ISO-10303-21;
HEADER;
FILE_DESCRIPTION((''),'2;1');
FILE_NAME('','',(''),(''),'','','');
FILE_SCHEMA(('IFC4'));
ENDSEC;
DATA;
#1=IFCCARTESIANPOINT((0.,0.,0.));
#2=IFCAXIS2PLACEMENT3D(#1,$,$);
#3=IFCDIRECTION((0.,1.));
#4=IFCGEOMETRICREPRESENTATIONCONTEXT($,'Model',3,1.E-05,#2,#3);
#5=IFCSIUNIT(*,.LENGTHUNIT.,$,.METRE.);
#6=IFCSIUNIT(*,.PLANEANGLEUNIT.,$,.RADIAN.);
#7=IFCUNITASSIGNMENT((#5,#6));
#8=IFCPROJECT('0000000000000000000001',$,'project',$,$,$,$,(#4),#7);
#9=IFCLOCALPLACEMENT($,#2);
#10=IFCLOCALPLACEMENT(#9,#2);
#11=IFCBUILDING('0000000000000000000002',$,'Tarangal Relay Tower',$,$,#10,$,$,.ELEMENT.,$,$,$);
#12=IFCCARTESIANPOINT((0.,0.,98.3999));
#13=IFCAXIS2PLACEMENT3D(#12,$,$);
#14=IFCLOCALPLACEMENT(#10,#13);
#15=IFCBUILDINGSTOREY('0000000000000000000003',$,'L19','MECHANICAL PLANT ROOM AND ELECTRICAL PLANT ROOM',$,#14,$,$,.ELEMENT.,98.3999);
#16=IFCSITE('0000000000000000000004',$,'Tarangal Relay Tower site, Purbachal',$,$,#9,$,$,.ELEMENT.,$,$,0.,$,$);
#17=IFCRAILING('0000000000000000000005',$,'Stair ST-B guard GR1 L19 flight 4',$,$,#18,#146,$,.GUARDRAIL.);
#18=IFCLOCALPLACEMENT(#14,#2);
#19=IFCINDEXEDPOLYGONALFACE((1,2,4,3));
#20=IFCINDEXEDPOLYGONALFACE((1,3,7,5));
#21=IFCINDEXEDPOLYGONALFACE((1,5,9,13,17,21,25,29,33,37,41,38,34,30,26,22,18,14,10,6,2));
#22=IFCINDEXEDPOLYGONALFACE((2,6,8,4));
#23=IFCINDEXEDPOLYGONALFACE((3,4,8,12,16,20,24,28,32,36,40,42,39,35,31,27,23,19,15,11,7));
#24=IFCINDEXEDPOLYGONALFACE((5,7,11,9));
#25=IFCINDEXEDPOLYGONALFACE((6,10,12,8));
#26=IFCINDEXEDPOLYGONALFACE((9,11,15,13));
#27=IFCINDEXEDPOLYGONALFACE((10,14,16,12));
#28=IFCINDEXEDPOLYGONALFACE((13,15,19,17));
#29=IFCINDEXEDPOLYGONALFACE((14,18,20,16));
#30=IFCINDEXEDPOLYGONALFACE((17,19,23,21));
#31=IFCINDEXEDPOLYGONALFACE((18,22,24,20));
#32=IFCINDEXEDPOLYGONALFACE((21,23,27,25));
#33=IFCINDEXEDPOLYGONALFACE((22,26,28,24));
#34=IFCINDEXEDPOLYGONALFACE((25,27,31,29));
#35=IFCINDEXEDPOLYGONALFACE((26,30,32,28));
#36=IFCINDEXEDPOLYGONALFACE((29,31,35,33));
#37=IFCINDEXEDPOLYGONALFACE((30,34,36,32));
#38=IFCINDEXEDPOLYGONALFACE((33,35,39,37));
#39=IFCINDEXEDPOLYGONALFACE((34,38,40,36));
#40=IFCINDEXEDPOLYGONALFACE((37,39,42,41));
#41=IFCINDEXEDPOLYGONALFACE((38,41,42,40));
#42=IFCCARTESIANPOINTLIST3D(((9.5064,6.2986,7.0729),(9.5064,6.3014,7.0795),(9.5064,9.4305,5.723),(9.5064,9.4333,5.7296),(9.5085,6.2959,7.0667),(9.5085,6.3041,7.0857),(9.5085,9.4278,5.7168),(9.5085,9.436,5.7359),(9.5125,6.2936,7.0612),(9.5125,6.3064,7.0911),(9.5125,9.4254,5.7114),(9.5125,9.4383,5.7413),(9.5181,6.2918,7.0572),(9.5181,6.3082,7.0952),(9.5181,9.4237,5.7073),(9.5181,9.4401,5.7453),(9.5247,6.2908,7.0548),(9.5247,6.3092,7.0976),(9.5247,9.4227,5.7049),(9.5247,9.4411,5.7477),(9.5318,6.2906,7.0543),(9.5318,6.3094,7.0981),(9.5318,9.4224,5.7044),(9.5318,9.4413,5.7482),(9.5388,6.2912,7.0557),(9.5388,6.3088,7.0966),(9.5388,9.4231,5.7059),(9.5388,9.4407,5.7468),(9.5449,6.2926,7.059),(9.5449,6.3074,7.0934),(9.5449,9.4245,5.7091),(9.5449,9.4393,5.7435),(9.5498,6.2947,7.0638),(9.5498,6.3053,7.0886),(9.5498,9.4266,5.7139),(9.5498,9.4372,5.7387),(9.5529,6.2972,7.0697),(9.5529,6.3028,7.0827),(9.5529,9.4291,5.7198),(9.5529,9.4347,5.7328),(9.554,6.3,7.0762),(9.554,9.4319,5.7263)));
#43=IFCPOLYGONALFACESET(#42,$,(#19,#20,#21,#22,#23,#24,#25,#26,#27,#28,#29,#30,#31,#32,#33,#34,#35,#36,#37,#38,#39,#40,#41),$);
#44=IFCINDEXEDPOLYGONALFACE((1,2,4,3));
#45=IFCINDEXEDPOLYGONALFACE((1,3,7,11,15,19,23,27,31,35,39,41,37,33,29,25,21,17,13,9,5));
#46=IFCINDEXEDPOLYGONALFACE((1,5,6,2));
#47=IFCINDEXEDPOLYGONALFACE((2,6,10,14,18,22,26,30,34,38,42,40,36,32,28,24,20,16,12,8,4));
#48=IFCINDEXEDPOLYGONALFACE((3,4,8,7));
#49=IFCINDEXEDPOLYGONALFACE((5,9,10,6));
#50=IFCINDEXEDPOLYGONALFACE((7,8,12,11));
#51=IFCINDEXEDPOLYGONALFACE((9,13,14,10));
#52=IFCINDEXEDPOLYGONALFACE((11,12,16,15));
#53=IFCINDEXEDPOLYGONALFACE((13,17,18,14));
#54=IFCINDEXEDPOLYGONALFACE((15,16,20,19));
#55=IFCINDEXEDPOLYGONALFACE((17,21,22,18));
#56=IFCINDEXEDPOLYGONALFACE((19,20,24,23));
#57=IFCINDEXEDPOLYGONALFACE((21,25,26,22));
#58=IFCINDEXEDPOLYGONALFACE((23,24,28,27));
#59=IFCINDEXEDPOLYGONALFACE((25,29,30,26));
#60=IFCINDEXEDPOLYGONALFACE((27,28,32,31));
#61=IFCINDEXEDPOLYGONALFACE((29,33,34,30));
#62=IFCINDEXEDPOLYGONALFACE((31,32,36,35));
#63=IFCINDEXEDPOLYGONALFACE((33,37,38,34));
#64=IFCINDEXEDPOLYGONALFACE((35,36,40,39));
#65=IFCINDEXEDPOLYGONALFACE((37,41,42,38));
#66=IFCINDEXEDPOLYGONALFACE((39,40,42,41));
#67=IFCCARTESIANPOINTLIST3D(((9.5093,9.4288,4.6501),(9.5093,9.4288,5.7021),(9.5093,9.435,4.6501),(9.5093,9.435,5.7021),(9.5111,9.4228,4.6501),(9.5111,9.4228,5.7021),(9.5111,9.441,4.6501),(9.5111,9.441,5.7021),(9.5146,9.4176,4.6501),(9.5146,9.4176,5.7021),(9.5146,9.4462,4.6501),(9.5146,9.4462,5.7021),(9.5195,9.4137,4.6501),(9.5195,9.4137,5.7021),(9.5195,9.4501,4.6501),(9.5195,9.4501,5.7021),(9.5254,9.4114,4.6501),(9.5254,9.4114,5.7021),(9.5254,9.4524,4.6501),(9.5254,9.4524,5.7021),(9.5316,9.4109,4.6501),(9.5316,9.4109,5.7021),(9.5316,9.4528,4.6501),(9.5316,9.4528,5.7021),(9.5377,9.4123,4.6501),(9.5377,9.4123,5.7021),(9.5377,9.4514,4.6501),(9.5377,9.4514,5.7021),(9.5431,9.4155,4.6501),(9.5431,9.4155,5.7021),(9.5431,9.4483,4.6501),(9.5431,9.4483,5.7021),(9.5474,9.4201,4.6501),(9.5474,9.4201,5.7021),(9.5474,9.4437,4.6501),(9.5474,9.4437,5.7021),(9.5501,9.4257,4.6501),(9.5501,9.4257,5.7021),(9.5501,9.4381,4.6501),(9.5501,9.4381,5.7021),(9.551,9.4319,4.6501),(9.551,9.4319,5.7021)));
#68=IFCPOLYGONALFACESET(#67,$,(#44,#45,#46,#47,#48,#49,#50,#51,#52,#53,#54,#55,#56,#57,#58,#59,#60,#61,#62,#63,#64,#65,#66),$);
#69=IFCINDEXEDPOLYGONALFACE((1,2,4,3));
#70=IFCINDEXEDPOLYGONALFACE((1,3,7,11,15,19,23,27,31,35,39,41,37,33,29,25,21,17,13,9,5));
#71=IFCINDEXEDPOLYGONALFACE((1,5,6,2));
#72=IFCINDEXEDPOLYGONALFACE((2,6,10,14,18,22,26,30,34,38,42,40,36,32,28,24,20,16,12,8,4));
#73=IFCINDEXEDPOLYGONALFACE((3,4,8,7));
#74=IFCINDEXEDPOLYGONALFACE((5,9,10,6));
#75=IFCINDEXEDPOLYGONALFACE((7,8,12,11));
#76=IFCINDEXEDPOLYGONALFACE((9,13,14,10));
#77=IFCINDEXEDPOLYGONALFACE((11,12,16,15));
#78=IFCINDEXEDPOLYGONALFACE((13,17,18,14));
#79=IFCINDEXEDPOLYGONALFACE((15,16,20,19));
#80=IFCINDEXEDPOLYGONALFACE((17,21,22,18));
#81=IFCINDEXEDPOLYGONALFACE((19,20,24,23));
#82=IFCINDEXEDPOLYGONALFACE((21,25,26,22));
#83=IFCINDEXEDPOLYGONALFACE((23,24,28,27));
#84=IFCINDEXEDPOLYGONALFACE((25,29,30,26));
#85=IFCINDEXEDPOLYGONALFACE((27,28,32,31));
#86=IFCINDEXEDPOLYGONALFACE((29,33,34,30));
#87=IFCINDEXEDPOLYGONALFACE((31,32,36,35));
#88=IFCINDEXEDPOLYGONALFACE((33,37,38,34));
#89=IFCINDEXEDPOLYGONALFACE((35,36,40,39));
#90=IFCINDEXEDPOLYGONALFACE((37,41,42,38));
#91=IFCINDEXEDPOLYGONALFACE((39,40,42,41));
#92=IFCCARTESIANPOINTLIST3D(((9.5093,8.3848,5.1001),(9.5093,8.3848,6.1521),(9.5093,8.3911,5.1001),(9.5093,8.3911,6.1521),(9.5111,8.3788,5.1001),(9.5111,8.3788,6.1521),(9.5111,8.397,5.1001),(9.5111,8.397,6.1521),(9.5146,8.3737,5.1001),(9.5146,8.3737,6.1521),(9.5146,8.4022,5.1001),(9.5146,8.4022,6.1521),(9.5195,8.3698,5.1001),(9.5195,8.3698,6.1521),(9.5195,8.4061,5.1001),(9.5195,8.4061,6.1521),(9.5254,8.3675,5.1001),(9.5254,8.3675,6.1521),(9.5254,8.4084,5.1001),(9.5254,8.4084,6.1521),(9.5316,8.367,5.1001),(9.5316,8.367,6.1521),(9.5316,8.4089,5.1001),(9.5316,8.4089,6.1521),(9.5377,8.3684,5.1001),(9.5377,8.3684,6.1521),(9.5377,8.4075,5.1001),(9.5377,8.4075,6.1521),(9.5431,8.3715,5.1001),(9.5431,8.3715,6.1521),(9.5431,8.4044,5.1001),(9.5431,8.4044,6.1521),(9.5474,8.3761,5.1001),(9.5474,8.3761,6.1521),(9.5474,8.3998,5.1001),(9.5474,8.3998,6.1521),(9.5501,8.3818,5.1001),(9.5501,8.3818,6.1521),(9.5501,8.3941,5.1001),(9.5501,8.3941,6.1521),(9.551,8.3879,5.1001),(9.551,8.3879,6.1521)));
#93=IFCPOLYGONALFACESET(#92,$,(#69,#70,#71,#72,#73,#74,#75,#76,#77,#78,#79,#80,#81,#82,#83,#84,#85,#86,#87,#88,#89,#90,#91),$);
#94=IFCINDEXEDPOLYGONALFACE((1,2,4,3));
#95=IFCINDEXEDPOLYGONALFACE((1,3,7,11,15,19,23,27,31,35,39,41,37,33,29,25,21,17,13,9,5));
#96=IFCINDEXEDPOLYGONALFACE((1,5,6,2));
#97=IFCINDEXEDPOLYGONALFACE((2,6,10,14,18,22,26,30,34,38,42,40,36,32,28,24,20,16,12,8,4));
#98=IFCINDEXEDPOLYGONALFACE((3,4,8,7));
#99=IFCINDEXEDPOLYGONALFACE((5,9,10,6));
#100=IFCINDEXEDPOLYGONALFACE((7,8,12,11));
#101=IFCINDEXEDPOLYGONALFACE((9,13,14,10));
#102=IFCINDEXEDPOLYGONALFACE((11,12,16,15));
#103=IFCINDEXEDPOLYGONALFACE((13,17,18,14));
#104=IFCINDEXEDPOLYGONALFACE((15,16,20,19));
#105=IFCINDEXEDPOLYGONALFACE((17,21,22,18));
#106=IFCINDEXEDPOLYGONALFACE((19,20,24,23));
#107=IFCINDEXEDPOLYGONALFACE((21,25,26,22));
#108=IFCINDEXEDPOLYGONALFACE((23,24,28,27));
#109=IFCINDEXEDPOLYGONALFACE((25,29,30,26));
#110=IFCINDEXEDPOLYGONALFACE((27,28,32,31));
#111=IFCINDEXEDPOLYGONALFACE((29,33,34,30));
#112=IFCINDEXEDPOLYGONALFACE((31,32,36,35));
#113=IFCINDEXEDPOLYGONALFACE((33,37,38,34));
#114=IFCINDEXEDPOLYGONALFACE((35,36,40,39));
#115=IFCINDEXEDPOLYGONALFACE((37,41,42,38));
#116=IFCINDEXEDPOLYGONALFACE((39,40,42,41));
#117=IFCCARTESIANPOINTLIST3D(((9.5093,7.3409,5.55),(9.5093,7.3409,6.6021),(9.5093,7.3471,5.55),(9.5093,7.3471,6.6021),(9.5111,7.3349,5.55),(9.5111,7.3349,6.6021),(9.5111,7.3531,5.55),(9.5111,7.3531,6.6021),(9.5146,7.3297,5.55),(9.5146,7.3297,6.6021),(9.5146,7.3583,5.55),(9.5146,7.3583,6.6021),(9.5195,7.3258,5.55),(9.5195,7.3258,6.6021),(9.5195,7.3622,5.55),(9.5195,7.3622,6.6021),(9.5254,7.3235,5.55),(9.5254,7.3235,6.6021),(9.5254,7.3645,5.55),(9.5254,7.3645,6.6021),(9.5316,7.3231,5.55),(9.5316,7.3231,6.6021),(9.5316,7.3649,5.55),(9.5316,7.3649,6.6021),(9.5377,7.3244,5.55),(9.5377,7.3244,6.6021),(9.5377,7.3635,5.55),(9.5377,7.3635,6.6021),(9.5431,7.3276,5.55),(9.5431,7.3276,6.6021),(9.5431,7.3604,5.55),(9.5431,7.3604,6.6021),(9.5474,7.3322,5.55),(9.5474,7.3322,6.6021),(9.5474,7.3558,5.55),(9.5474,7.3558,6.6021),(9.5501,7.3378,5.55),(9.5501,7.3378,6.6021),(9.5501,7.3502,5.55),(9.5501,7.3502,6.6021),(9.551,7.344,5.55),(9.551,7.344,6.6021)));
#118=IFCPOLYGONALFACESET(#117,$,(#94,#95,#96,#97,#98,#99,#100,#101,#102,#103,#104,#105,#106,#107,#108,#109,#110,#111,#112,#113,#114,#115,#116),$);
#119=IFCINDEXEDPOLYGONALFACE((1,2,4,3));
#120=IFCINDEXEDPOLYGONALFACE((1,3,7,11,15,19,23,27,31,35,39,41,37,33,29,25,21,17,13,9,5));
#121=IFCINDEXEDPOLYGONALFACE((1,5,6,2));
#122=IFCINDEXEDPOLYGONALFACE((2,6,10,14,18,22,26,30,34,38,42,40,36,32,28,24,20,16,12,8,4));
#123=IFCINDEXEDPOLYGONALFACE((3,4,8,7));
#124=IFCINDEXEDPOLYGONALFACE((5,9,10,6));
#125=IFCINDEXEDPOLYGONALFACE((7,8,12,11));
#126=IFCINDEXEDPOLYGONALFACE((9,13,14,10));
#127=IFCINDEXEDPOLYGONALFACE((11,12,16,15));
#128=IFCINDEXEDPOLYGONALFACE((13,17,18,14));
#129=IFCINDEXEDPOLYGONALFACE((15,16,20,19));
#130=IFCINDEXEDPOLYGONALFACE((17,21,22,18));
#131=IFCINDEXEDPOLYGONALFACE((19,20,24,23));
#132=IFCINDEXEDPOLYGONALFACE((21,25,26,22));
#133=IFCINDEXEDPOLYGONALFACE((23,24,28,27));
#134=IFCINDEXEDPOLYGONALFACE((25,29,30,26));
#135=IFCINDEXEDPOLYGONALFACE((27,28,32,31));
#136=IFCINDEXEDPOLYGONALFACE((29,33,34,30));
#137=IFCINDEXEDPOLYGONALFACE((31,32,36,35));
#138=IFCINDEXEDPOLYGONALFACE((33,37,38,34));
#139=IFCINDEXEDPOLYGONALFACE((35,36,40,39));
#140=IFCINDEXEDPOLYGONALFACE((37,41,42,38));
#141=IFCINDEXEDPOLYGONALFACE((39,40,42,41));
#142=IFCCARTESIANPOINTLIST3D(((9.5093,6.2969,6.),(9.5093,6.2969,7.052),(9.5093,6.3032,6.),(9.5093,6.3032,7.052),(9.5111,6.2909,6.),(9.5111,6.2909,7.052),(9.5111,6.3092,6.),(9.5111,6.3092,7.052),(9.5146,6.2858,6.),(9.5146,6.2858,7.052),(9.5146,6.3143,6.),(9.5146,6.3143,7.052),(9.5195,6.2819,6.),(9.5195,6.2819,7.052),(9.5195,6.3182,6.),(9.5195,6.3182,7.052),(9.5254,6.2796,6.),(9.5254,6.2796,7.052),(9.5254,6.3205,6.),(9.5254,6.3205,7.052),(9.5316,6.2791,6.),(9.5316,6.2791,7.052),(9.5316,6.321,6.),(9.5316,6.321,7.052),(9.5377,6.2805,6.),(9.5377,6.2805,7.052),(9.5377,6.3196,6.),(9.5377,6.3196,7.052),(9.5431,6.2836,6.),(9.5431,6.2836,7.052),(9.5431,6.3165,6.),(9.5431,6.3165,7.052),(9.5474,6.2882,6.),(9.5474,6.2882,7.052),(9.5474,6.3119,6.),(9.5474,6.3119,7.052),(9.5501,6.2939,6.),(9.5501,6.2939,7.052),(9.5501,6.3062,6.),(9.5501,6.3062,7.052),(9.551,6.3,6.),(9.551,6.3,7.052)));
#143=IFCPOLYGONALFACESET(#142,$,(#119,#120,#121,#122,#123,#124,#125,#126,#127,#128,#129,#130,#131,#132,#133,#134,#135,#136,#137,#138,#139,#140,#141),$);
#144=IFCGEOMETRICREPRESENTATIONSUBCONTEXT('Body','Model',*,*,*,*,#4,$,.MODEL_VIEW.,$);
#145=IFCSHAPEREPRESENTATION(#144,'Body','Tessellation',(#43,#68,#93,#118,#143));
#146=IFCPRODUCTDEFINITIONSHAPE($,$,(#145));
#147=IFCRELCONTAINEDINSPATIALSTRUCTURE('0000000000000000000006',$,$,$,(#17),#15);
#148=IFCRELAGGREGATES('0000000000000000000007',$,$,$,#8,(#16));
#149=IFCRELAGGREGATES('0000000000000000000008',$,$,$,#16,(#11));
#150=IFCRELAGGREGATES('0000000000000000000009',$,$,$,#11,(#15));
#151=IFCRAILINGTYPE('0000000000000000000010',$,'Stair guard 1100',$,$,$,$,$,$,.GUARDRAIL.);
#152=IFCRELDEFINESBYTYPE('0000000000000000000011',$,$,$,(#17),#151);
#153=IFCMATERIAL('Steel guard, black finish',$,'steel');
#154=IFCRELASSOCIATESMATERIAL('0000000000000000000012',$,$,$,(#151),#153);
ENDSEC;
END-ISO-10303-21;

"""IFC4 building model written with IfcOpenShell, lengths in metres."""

from ifc_helpers import new_model, si_unit, direction, frame, origin, origin_2d, place, context, subcontext, project, spatial, circle, extrude, material, type_object, element, save


model = new_model("IFC4")

# Units and contexts
model_context = context("Model", 3, precision=1e-05, world=origin(), true_north=direction((0.0, 1.0)))
body_context = subcontext(model_context, "Body", "Model", "MODEL_VIEW")
ifc_project = project(units=[si_unit("LENGTHUNIT", "METRE"), si_unit("PLANEANGLEUNIT", "RADIAN")], contexts=[model_context])

# Site, building, storey
site_placement = place(None, origin())
site = spatial("IfcSite", under=ifc_project, at=site_placement, Name="Tarangal Relay Tower site, Purbachal", CompositionType="ELEMENT", RefElevation=0.0)
building_placement = place(site_placement, origin())
building = spatial("IfcBuilding", under=site, at=building_placement, Name="Tarangal Relay Tower", CompositionType="ELEMENT")
storey_placement = place(building_placement, frame((0.0, 0.0, 98.3999)))
storey = spatial("IfcBuildingStorey", under=building, at=storey_placement, Name="L19", Description="MECHANICAL PLANT ROOM AND ELECTRICAL PLANT ROOM", CompositionType="ELEMENT", Elevation=98.3999)

# Railing
ifc_material_1 = material(Name="Steel guard, black finish", Category="steel")
railing_type_1 = type_object("IfcRailingType", Name="Stair guard 1100", PredefinedType="GUARDRAIL", material=ifc_material_1)
railing_1_placement = place(storey_placement, frame((9.53, 9.4319, 4.6501)))
element("IfcRailing", 1, at=railing_1_placement, inside=storey, type_object=railing_type_1, Name="Stair ST-B guard GR1 L19 flight 4", PredefinedType="GUARDRAIL", context=body_context, shape_type="SweptSolid", body=[
    extrude(circle(Radius=0.0239, at=origin_2d()), frame((0.0, 0.0, 1.0762), z_axis=(0.0, -0.918332, 0.395811), x_axis=(1.0, 0.0, 0.0)), (0.0, 0.0, 1.0), 3.4104),
    extrude(circle(Radius=0.021, at=origin_2d()), origin(), (0.0, 0.0, 1.0), 1.052),
    extrude(circle(Radius=0.021, at=origin_2d()), frame((0.0, -1.0439, 0.45)), (0.0, 0.0, 1.0), 1.052),
    extrude(circle(Radius=0.021, at=origin_2d()), frame((0.0, -2.0879, 0.8999)), (0.0, 0.0, 1.0), 1.052),
    extrude(circle(Radius=0.021, at=origin_2d()), frame((0.0, -3.1318, 1.3499)), (0.0, 0.0, 1.0), 1.052),
])

save(model, "model.ifc")
